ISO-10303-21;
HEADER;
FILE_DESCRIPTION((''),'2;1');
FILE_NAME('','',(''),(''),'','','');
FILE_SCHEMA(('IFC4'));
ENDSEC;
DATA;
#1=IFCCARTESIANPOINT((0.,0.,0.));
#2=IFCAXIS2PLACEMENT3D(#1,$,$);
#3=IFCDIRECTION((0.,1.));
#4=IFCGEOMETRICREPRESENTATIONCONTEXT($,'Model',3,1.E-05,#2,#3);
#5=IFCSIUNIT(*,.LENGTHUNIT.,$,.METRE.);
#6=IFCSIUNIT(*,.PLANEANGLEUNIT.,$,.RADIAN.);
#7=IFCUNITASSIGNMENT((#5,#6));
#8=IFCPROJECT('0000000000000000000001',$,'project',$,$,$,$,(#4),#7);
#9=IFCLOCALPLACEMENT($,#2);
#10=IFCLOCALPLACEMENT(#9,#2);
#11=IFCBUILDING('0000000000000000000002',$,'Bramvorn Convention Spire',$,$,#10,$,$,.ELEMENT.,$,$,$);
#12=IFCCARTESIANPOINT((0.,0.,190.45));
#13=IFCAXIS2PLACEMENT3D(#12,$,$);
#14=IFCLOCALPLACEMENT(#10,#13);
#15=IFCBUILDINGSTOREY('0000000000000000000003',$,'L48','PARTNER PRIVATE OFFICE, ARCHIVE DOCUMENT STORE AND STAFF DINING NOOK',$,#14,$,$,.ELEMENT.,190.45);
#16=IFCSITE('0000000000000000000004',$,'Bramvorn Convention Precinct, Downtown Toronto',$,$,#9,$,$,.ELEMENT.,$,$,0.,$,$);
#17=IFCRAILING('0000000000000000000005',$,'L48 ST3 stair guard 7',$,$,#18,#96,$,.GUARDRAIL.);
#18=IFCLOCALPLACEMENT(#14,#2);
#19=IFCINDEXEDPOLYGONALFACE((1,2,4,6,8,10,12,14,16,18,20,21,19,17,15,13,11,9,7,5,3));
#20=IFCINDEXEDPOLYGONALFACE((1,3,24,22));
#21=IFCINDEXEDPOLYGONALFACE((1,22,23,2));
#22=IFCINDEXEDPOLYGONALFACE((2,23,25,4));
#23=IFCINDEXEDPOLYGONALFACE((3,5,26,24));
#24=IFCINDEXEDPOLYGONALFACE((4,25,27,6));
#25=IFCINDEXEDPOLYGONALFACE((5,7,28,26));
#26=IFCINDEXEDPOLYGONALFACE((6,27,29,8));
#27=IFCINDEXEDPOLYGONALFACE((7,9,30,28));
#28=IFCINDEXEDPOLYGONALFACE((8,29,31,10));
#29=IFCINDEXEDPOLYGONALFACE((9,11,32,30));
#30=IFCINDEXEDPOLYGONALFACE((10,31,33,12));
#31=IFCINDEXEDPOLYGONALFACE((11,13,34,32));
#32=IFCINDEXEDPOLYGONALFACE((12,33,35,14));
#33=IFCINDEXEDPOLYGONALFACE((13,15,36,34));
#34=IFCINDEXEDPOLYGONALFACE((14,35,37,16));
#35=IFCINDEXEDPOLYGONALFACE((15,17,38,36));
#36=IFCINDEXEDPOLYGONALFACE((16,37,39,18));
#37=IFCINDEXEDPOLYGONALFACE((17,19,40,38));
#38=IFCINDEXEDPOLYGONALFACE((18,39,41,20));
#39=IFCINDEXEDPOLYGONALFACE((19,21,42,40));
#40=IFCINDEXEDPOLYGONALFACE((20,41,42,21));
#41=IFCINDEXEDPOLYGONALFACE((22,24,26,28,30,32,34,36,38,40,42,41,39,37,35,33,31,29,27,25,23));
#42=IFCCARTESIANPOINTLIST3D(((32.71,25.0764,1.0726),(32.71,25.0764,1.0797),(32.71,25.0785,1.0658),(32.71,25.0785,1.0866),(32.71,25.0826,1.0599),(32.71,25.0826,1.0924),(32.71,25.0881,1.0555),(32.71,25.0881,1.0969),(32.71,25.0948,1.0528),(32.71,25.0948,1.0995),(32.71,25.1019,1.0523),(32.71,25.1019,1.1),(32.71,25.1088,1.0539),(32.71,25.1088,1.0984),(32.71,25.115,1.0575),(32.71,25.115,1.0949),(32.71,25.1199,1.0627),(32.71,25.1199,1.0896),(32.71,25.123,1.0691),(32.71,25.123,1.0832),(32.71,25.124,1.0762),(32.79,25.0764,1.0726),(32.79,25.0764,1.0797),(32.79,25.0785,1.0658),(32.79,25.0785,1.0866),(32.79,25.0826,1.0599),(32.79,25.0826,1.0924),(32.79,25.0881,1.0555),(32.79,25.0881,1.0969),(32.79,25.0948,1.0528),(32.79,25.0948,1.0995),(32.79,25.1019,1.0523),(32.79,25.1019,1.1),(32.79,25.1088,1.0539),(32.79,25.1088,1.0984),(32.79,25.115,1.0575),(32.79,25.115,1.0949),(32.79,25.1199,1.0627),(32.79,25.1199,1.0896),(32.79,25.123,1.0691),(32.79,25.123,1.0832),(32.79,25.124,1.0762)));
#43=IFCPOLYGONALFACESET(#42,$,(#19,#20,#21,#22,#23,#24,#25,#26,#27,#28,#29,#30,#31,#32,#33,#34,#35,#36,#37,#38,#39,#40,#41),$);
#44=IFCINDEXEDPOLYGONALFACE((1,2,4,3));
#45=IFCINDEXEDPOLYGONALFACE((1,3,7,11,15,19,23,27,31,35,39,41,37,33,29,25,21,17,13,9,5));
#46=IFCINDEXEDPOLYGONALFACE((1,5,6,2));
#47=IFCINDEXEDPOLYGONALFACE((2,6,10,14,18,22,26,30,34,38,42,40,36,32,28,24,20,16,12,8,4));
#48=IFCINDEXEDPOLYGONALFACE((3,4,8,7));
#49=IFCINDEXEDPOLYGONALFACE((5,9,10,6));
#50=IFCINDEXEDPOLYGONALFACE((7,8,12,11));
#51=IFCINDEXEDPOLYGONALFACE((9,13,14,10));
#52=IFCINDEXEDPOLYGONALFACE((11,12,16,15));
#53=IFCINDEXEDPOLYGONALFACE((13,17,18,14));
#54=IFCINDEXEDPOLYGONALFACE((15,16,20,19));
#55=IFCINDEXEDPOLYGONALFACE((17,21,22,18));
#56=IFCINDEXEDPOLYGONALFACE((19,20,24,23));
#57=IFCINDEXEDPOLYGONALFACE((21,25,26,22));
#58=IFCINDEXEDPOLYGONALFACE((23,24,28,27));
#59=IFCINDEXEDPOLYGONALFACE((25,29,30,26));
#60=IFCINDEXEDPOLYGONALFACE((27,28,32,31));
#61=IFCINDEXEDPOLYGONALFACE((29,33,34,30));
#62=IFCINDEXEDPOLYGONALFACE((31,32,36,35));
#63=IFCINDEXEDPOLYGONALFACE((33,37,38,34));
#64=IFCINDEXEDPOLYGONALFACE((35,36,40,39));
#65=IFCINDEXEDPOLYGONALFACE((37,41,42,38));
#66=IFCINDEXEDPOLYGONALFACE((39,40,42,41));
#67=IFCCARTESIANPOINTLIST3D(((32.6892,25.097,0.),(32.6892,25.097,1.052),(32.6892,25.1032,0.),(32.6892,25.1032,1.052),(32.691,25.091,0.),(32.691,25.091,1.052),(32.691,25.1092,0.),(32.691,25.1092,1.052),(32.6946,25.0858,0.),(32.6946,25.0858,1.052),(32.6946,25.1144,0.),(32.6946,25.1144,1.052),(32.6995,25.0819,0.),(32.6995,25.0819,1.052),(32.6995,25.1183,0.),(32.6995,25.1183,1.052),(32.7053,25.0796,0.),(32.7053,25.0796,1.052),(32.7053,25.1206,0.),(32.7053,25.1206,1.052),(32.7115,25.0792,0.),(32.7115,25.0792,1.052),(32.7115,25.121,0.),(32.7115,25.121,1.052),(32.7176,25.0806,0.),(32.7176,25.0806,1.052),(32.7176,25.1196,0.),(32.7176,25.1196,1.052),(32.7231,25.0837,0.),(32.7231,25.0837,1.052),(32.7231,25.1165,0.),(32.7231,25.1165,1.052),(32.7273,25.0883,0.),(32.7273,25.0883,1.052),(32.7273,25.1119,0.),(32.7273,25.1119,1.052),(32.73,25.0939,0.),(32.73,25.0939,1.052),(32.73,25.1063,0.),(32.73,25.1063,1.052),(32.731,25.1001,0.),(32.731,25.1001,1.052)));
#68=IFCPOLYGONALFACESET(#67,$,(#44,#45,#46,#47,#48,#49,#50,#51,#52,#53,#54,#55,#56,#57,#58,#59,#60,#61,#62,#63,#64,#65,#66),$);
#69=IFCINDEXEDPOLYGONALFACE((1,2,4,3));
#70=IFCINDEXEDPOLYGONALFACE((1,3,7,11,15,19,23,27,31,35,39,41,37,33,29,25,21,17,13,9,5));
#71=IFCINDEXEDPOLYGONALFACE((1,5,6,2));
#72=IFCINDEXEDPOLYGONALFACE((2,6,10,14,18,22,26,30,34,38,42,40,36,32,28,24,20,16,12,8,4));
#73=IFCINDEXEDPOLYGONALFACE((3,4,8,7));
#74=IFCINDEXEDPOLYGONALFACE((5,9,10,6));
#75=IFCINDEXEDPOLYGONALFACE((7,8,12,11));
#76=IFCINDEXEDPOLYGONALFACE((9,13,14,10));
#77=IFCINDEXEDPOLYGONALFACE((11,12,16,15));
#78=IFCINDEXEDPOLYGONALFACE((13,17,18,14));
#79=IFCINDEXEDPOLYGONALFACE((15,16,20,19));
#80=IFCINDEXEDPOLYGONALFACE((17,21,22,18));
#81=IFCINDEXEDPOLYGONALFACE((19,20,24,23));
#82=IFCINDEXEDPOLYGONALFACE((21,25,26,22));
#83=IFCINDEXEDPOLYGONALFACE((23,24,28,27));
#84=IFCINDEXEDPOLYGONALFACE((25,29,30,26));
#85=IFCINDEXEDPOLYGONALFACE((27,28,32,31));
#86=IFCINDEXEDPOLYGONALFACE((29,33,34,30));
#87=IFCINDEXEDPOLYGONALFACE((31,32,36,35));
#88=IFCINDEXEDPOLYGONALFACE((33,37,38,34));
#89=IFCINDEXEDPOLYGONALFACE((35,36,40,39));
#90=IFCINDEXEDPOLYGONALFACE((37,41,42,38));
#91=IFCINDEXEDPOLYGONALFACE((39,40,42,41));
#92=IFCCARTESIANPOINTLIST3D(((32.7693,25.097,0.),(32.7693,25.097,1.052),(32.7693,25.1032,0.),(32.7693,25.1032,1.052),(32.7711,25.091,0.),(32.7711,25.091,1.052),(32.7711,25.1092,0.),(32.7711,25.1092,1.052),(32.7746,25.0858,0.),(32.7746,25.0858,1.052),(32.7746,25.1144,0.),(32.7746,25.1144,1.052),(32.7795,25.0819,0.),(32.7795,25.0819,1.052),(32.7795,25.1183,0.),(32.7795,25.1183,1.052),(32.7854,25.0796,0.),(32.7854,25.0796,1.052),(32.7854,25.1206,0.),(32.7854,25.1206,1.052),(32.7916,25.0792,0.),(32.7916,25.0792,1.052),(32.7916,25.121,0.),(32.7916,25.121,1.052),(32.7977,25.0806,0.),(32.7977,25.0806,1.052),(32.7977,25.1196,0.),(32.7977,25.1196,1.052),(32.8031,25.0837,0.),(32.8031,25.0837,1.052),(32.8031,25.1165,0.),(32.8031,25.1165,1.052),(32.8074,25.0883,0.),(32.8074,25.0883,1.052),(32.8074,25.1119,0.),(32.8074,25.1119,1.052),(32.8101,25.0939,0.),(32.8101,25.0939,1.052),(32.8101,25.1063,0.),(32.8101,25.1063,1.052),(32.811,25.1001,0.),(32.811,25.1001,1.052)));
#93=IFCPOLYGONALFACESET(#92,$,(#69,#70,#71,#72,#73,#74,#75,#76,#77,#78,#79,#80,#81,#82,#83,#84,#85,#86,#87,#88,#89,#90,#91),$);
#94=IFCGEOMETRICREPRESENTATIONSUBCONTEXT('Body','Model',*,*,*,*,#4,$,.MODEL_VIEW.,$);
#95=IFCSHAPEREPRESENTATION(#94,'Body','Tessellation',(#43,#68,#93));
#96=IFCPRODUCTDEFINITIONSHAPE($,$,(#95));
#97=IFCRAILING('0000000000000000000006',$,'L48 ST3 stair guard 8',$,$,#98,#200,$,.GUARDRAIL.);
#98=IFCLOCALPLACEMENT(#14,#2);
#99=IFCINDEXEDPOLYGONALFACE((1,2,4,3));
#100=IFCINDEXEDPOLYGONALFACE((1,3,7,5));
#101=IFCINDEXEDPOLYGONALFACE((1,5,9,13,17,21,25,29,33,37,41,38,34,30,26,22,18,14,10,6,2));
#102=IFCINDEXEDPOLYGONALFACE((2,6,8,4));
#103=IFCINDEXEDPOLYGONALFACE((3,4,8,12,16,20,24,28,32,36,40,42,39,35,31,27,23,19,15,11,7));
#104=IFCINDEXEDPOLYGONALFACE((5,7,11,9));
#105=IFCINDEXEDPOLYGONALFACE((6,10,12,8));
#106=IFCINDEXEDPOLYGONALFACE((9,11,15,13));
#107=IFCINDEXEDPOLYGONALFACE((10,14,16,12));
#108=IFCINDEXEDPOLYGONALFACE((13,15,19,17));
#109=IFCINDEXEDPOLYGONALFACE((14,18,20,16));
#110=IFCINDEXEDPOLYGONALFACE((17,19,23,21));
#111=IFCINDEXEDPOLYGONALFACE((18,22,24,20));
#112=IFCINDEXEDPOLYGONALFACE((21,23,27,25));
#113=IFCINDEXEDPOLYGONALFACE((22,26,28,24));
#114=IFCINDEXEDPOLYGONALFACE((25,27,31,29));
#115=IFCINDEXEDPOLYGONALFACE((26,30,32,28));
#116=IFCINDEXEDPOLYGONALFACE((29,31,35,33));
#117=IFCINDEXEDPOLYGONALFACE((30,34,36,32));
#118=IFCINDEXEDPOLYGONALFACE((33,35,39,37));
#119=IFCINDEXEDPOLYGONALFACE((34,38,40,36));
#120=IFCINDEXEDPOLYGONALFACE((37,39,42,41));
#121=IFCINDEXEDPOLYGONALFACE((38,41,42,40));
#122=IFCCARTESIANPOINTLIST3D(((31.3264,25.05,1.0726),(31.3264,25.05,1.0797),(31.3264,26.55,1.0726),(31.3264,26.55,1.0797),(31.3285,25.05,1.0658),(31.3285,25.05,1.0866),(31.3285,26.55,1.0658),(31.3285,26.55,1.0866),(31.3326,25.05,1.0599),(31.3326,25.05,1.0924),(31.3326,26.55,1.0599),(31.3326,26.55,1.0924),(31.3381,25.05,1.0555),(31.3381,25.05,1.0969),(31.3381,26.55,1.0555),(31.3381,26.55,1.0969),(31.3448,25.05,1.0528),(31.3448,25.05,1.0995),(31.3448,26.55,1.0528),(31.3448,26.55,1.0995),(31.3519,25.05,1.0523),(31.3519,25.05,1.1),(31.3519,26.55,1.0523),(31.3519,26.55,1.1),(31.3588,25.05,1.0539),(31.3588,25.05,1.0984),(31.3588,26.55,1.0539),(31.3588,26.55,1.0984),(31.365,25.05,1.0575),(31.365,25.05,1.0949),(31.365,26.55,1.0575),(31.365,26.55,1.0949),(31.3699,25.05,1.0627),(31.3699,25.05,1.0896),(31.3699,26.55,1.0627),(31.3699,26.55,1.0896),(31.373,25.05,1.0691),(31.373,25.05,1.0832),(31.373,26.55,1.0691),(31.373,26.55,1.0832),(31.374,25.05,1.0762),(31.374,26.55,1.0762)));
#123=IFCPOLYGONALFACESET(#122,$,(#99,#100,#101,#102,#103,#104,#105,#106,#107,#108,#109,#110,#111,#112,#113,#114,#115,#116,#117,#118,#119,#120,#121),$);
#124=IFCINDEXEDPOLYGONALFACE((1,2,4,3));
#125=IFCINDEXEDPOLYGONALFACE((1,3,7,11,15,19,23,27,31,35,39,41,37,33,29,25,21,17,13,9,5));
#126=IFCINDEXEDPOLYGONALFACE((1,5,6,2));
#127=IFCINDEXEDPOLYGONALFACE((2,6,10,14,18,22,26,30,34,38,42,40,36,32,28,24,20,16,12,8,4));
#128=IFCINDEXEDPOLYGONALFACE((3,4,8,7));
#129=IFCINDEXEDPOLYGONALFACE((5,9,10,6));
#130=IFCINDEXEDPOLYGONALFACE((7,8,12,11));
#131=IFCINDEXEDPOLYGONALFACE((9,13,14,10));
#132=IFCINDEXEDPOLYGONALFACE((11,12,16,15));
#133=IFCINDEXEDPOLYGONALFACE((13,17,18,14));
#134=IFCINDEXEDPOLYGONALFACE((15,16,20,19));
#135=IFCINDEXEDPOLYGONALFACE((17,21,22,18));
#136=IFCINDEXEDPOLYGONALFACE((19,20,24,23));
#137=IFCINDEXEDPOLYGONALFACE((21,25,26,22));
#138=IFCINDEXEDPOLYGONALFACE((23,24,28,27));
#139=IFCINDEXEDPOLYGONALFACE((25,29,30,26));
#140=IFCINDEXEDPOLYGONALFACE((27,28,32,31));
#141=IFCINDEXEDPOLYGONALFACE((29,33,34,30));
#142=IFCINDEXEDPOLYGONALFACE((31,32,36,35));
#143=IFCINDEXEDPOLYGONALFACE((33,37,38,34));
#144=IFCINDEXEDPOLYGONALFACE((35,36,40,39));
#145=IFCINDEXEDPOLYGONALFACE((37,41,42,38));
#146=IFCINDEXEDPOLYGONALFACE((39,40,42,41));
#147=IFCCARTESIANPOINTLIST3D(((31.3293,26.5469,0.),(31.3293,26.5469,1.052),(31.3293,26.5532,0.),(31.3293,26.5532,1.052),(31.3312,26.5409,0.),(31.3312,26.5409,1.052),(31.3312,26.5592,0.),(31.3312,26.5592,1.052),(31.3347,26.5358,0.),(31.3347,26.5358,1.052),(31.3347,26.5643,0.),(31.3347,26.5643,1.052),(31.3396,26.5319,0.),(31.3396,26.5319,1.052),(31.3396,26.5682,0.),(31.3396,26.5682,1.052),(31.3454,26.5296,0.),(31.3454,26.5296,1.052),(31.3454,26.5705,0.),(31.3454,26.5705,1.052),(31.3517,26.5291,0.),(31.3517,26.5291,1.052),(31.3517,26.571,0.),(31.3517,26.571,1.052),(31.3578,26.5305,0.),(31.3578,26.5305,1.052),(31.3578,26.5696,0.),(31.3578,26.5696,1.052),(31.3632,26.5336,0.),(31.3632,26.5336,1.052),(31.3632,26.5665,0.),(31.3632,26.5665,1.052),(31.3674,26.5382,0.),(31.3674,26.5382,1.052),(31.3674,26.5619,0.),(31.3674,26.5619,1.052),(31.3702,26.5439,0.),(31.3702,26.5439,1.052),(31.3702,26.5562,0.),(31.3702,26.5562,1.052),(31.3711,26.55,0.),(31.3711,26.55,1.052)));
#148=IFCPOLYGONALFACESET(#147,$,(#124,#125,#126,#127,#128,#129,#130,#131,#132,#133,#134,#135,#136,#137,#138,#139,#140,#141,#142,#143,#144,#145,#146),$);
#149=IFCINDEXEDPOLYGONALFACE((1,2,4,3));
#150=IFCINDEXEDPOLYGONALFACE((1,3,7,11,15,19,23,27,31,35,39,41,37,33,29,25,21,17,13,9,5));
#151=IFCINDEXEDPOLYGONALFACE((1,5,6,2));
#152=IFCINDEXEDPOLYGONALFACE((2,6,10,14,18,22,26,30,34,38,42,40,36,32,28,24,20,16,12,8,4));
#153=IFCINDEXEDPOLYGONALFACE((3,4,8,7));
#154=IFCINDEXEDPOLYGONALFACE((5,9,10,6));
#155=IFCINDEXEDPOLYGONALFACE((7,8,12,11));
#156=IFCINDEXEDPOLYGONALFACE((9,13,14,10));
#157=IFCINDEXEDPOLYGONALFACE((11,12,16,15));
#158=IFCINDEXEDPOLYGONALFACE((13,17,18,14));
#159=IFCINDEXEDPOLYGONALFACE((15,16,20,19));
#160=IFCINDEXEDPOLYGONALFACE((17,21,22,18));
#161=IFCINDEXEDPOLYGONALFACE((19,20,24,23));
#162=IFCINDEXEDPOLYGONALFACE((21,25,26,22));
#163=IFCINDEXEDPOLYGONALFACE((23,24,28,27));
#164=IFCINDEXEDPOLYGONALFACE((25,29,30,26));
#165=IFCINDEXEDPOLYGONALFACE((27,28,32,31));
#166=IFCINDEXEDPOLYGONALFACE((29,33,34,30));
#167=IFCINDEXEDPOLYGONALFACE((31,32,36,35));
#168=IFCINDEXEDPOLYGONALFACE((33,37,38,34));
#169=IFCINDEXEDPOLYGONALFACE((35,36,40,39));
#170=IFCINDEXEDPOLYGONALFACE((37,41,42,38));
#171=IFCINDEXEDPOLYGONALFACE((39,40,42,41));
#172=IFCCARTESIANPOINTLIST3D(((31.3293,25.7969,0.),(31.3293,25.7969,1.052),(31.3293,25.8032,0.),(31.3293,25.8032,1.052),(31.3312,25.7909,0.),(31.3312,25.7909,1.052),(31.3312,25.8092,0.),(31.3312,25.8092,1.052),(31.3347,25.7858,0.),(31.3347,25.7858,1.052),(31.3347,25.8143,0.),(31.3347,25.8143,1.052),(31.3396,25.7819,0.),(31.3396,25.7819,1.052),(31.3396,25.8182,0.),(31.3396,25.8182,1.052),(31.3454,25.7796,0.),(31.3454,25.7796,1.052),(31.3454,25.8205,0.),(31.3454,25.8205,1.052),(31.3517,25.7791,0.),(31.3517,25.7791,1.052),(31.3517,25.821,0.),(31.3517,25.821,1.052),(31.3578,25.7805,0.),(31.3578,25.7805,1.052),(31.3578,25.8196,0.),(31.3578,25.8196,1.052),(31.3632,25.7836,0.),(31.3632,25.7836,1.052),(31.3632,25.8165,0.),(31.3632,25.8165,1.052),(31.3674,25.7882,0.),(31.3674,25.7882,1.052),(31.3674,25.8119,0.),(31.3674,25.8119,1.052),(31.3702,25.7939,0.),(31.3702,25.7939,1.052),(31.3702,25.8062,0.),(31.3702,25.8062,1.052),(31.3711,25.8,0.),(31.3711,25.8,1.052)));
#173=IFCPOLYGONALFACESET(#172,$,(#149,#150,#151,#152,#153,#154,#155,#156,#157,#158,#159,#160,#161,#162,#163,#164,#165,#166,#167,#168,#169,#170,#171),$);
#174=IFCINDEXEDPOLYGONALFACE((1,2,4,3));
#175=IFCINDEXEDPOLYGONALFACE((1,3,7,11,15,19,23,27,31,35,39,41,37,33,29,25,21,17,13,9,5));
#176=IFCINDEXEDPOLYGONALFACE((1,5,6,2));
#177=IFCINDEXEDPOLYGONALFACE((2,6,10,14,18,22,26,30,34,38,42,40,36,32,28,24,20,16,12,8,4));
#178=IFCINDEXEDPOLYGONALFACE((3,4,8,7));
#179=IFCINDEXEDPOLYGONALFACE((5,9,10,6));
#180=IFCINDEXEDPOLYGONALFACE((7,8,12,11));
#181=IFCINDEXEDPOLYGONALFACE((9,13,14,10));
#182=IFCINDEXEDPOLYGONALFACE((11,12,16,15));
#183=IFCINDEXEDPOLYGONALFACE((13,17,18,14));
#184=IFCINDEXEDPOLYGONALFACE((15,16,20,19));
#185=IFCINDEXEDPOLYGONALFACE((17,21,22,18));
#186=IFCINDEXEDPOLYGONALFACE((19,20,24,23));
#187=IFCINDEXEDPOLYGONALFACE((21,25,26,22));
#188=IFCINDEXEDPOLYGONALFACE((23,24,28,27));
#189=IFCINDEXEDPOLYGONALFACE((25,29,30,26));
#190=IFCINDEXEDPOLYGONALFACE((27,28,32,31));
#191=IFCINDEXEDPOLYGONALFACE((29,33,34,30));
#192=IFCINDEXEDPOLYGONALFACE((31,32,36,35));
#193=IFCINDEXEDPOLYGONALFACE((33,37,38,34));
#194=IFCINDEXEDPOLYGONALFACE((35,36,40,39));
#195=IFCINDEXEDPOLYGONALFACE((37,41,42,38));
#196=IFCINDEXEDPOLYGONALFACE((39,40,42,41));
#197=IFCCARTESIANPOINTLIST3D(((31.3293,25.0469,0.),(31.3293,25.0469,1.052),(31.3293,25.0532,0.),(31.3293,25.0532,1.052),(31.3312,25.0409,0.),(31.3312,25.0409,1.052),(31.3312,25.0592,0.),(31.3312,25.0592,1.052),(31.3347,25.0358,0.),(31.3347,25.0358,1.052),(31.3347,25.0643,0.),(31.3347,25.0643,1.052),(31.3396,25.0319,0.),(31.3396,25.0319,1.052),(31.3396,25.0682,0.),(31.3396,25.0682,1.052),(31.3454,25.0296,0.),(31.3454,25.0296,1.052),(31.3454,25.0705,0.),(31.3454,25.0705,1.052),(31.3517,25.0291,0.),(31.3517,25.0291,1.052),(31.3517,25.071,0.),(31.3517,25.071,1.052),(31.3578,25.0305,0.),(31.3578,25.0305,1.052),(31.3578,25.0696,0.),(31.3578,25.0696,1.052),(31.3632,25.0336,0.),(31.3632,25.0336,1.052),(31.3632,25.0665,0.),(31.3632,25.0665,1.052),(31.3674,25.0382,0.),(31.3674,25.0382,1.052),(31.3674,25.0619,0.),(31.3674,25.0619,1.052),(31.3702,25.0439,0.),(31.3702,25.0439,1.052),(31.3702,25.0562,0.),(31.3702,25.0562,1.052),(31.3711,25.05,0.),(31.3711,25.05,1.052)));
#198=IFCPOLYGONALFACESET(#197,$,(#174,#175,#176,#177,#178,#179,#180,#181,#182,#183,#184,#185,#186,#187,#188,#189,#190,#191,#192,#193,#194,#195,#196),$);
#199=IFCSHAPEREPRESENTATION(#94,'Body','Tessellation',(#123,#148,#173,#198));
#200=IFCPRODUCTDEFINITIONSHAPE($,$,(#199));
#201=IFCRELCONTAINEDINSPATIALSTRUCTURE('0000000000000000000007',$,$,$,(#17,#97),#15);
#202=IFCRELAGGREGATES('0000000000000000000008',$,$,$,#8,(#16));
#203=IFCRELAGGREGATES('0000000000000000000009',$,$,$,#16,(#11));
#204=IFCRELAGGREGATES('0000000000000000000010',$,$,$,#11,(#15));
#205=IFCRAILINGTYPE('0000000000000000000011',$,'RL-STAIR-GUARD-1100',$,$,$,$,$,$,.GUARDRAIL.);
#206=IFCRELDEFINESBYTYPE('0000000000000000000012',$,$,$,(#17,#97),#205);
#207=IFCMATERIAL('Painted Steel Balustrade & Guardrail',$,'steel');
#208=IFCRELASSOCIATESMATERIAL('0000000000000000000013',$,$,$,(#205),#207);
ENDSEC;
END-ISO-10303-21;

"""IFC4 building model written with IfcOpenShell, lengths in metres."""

from ifc_helpers import new_model, si_unit, direction, frame, origin, origin_2d, place, context, subcontext, project, spatial, circle, extrude, material, type_object, element, save


model = new_model("IFC4")

# Units and contexts
model_context = context("Model", 3, precision=1e-05, world=origin(), true_north=direction((0.0, 1.0)))
body_context = subcontext(model_context, "Body", "Model", "MODEL_VIEW")
ifc_project = project(units=[si_unit("LENGTHUNIT", "METRE"), si_unit("PLANEANGLEUNIT", "RADIAN")], contexts=[model_context])

# Site, building, storey
site_placement = place(None, origin())
site = spatial("IfcSite", under=ifc_project, at=site_placement, Name="Bramvorn Convention Precinct, Downtown Toronto", CompositionType="ELEMENT", RefElevation=0.0)
building_placement = place(site_placement, origin())
building = spatial("IfcBuilding", under=site, at=building_placement, Name="Bramvorn Convention Spire", CompositionType="ELEMENT")
storey_placement = place(building_placement, frame((0.0, 0.0, 190.45)))
storey = spatial("IfcBuildingStorey", under=building, at=storey_placement, Name="L48", Description="PARTNER PRIVATE OFFICE, ARCHIVE DOCUMENT STORE AND STAFF DINING NOOK", CompositionType="ELEMENT", Elevation=190.45)

# Railings
ifc_material_1 = material(Name="Painted Steel Balustrade & Guardrail", Category="steel")
railing_type_1 = type_object("IfcRailingType", Name="RL-STAIR-GUARD-1100", PredefinedType="GUARDRAIL", material=ifc_material_1)
railing_1_placement = place(storey_placement, frame((32.71, 25.1001, 0.0)))
element("IfcRailing", 1, at=railing_1_placement, inside=storey, type_object=railing_type_1, Name="L48 ST3 stair guard 7", PredefinedType="GUARDRAIL", context=body_context, shape_type="SweptSolid", body=[
    extrude(circle(Radius=0.0239, at=origin_2d()), frame((0.0, 0.0, 1.0762), z_axis=(1.0, 0.0, 0.0), x_axis=(0.0, 1.0, 0.0)), (0.0, 0.0, 1.0), 0.0801),
    extrude(circle(Radius=0.021, at=origin_2d()), origin(), (0.0, 0.0, 1.0), 1.052),
    extrude(circle(Radius=0.021, at=origin_2d()), frame((0.0801, 0.0, 0.0)), (0.0, 0.0, 1.0), 1.052),
])
railing_2_placement = place(storey_placement, frame((31.3501, 26.55, 0.0)))
element("IfcRailing", 2, at=railing_2_placement, inside=storey, type_object=railing_type_1, Name="L48 ST3 stair guard 8", PredefinedType="GUARDRAIL", context=body_context, shape_type="SweptSolid", body=[
    extrude(circle(Radius=0.0239, at=origin_2d()), frame((0.0, 0.0, 1.0762), z_axis=(0.0, -1.0, 0.0), x_axis=(1.0, 0.0, 0.0)), (0.0, 0.0, 1.0), 1.5),
    extrude(circle(Radius=0.021, at=origin_2d()), origin(), (0.0, 0.0, 1.0), 1.052),
    extrude(circle(Radius=0.021, at=origin_2d()), frame((0.0, -0.75, 0.0)), (0.0, 0.0, 1.0), 1.052),
    extrude(circle(Radius=0.021, at=origin_2d()), frame((0.0, -1.5, 0.0)), (0.0, 0.0, 1.0), 1.052),
])

save(model, "model.ifc")
